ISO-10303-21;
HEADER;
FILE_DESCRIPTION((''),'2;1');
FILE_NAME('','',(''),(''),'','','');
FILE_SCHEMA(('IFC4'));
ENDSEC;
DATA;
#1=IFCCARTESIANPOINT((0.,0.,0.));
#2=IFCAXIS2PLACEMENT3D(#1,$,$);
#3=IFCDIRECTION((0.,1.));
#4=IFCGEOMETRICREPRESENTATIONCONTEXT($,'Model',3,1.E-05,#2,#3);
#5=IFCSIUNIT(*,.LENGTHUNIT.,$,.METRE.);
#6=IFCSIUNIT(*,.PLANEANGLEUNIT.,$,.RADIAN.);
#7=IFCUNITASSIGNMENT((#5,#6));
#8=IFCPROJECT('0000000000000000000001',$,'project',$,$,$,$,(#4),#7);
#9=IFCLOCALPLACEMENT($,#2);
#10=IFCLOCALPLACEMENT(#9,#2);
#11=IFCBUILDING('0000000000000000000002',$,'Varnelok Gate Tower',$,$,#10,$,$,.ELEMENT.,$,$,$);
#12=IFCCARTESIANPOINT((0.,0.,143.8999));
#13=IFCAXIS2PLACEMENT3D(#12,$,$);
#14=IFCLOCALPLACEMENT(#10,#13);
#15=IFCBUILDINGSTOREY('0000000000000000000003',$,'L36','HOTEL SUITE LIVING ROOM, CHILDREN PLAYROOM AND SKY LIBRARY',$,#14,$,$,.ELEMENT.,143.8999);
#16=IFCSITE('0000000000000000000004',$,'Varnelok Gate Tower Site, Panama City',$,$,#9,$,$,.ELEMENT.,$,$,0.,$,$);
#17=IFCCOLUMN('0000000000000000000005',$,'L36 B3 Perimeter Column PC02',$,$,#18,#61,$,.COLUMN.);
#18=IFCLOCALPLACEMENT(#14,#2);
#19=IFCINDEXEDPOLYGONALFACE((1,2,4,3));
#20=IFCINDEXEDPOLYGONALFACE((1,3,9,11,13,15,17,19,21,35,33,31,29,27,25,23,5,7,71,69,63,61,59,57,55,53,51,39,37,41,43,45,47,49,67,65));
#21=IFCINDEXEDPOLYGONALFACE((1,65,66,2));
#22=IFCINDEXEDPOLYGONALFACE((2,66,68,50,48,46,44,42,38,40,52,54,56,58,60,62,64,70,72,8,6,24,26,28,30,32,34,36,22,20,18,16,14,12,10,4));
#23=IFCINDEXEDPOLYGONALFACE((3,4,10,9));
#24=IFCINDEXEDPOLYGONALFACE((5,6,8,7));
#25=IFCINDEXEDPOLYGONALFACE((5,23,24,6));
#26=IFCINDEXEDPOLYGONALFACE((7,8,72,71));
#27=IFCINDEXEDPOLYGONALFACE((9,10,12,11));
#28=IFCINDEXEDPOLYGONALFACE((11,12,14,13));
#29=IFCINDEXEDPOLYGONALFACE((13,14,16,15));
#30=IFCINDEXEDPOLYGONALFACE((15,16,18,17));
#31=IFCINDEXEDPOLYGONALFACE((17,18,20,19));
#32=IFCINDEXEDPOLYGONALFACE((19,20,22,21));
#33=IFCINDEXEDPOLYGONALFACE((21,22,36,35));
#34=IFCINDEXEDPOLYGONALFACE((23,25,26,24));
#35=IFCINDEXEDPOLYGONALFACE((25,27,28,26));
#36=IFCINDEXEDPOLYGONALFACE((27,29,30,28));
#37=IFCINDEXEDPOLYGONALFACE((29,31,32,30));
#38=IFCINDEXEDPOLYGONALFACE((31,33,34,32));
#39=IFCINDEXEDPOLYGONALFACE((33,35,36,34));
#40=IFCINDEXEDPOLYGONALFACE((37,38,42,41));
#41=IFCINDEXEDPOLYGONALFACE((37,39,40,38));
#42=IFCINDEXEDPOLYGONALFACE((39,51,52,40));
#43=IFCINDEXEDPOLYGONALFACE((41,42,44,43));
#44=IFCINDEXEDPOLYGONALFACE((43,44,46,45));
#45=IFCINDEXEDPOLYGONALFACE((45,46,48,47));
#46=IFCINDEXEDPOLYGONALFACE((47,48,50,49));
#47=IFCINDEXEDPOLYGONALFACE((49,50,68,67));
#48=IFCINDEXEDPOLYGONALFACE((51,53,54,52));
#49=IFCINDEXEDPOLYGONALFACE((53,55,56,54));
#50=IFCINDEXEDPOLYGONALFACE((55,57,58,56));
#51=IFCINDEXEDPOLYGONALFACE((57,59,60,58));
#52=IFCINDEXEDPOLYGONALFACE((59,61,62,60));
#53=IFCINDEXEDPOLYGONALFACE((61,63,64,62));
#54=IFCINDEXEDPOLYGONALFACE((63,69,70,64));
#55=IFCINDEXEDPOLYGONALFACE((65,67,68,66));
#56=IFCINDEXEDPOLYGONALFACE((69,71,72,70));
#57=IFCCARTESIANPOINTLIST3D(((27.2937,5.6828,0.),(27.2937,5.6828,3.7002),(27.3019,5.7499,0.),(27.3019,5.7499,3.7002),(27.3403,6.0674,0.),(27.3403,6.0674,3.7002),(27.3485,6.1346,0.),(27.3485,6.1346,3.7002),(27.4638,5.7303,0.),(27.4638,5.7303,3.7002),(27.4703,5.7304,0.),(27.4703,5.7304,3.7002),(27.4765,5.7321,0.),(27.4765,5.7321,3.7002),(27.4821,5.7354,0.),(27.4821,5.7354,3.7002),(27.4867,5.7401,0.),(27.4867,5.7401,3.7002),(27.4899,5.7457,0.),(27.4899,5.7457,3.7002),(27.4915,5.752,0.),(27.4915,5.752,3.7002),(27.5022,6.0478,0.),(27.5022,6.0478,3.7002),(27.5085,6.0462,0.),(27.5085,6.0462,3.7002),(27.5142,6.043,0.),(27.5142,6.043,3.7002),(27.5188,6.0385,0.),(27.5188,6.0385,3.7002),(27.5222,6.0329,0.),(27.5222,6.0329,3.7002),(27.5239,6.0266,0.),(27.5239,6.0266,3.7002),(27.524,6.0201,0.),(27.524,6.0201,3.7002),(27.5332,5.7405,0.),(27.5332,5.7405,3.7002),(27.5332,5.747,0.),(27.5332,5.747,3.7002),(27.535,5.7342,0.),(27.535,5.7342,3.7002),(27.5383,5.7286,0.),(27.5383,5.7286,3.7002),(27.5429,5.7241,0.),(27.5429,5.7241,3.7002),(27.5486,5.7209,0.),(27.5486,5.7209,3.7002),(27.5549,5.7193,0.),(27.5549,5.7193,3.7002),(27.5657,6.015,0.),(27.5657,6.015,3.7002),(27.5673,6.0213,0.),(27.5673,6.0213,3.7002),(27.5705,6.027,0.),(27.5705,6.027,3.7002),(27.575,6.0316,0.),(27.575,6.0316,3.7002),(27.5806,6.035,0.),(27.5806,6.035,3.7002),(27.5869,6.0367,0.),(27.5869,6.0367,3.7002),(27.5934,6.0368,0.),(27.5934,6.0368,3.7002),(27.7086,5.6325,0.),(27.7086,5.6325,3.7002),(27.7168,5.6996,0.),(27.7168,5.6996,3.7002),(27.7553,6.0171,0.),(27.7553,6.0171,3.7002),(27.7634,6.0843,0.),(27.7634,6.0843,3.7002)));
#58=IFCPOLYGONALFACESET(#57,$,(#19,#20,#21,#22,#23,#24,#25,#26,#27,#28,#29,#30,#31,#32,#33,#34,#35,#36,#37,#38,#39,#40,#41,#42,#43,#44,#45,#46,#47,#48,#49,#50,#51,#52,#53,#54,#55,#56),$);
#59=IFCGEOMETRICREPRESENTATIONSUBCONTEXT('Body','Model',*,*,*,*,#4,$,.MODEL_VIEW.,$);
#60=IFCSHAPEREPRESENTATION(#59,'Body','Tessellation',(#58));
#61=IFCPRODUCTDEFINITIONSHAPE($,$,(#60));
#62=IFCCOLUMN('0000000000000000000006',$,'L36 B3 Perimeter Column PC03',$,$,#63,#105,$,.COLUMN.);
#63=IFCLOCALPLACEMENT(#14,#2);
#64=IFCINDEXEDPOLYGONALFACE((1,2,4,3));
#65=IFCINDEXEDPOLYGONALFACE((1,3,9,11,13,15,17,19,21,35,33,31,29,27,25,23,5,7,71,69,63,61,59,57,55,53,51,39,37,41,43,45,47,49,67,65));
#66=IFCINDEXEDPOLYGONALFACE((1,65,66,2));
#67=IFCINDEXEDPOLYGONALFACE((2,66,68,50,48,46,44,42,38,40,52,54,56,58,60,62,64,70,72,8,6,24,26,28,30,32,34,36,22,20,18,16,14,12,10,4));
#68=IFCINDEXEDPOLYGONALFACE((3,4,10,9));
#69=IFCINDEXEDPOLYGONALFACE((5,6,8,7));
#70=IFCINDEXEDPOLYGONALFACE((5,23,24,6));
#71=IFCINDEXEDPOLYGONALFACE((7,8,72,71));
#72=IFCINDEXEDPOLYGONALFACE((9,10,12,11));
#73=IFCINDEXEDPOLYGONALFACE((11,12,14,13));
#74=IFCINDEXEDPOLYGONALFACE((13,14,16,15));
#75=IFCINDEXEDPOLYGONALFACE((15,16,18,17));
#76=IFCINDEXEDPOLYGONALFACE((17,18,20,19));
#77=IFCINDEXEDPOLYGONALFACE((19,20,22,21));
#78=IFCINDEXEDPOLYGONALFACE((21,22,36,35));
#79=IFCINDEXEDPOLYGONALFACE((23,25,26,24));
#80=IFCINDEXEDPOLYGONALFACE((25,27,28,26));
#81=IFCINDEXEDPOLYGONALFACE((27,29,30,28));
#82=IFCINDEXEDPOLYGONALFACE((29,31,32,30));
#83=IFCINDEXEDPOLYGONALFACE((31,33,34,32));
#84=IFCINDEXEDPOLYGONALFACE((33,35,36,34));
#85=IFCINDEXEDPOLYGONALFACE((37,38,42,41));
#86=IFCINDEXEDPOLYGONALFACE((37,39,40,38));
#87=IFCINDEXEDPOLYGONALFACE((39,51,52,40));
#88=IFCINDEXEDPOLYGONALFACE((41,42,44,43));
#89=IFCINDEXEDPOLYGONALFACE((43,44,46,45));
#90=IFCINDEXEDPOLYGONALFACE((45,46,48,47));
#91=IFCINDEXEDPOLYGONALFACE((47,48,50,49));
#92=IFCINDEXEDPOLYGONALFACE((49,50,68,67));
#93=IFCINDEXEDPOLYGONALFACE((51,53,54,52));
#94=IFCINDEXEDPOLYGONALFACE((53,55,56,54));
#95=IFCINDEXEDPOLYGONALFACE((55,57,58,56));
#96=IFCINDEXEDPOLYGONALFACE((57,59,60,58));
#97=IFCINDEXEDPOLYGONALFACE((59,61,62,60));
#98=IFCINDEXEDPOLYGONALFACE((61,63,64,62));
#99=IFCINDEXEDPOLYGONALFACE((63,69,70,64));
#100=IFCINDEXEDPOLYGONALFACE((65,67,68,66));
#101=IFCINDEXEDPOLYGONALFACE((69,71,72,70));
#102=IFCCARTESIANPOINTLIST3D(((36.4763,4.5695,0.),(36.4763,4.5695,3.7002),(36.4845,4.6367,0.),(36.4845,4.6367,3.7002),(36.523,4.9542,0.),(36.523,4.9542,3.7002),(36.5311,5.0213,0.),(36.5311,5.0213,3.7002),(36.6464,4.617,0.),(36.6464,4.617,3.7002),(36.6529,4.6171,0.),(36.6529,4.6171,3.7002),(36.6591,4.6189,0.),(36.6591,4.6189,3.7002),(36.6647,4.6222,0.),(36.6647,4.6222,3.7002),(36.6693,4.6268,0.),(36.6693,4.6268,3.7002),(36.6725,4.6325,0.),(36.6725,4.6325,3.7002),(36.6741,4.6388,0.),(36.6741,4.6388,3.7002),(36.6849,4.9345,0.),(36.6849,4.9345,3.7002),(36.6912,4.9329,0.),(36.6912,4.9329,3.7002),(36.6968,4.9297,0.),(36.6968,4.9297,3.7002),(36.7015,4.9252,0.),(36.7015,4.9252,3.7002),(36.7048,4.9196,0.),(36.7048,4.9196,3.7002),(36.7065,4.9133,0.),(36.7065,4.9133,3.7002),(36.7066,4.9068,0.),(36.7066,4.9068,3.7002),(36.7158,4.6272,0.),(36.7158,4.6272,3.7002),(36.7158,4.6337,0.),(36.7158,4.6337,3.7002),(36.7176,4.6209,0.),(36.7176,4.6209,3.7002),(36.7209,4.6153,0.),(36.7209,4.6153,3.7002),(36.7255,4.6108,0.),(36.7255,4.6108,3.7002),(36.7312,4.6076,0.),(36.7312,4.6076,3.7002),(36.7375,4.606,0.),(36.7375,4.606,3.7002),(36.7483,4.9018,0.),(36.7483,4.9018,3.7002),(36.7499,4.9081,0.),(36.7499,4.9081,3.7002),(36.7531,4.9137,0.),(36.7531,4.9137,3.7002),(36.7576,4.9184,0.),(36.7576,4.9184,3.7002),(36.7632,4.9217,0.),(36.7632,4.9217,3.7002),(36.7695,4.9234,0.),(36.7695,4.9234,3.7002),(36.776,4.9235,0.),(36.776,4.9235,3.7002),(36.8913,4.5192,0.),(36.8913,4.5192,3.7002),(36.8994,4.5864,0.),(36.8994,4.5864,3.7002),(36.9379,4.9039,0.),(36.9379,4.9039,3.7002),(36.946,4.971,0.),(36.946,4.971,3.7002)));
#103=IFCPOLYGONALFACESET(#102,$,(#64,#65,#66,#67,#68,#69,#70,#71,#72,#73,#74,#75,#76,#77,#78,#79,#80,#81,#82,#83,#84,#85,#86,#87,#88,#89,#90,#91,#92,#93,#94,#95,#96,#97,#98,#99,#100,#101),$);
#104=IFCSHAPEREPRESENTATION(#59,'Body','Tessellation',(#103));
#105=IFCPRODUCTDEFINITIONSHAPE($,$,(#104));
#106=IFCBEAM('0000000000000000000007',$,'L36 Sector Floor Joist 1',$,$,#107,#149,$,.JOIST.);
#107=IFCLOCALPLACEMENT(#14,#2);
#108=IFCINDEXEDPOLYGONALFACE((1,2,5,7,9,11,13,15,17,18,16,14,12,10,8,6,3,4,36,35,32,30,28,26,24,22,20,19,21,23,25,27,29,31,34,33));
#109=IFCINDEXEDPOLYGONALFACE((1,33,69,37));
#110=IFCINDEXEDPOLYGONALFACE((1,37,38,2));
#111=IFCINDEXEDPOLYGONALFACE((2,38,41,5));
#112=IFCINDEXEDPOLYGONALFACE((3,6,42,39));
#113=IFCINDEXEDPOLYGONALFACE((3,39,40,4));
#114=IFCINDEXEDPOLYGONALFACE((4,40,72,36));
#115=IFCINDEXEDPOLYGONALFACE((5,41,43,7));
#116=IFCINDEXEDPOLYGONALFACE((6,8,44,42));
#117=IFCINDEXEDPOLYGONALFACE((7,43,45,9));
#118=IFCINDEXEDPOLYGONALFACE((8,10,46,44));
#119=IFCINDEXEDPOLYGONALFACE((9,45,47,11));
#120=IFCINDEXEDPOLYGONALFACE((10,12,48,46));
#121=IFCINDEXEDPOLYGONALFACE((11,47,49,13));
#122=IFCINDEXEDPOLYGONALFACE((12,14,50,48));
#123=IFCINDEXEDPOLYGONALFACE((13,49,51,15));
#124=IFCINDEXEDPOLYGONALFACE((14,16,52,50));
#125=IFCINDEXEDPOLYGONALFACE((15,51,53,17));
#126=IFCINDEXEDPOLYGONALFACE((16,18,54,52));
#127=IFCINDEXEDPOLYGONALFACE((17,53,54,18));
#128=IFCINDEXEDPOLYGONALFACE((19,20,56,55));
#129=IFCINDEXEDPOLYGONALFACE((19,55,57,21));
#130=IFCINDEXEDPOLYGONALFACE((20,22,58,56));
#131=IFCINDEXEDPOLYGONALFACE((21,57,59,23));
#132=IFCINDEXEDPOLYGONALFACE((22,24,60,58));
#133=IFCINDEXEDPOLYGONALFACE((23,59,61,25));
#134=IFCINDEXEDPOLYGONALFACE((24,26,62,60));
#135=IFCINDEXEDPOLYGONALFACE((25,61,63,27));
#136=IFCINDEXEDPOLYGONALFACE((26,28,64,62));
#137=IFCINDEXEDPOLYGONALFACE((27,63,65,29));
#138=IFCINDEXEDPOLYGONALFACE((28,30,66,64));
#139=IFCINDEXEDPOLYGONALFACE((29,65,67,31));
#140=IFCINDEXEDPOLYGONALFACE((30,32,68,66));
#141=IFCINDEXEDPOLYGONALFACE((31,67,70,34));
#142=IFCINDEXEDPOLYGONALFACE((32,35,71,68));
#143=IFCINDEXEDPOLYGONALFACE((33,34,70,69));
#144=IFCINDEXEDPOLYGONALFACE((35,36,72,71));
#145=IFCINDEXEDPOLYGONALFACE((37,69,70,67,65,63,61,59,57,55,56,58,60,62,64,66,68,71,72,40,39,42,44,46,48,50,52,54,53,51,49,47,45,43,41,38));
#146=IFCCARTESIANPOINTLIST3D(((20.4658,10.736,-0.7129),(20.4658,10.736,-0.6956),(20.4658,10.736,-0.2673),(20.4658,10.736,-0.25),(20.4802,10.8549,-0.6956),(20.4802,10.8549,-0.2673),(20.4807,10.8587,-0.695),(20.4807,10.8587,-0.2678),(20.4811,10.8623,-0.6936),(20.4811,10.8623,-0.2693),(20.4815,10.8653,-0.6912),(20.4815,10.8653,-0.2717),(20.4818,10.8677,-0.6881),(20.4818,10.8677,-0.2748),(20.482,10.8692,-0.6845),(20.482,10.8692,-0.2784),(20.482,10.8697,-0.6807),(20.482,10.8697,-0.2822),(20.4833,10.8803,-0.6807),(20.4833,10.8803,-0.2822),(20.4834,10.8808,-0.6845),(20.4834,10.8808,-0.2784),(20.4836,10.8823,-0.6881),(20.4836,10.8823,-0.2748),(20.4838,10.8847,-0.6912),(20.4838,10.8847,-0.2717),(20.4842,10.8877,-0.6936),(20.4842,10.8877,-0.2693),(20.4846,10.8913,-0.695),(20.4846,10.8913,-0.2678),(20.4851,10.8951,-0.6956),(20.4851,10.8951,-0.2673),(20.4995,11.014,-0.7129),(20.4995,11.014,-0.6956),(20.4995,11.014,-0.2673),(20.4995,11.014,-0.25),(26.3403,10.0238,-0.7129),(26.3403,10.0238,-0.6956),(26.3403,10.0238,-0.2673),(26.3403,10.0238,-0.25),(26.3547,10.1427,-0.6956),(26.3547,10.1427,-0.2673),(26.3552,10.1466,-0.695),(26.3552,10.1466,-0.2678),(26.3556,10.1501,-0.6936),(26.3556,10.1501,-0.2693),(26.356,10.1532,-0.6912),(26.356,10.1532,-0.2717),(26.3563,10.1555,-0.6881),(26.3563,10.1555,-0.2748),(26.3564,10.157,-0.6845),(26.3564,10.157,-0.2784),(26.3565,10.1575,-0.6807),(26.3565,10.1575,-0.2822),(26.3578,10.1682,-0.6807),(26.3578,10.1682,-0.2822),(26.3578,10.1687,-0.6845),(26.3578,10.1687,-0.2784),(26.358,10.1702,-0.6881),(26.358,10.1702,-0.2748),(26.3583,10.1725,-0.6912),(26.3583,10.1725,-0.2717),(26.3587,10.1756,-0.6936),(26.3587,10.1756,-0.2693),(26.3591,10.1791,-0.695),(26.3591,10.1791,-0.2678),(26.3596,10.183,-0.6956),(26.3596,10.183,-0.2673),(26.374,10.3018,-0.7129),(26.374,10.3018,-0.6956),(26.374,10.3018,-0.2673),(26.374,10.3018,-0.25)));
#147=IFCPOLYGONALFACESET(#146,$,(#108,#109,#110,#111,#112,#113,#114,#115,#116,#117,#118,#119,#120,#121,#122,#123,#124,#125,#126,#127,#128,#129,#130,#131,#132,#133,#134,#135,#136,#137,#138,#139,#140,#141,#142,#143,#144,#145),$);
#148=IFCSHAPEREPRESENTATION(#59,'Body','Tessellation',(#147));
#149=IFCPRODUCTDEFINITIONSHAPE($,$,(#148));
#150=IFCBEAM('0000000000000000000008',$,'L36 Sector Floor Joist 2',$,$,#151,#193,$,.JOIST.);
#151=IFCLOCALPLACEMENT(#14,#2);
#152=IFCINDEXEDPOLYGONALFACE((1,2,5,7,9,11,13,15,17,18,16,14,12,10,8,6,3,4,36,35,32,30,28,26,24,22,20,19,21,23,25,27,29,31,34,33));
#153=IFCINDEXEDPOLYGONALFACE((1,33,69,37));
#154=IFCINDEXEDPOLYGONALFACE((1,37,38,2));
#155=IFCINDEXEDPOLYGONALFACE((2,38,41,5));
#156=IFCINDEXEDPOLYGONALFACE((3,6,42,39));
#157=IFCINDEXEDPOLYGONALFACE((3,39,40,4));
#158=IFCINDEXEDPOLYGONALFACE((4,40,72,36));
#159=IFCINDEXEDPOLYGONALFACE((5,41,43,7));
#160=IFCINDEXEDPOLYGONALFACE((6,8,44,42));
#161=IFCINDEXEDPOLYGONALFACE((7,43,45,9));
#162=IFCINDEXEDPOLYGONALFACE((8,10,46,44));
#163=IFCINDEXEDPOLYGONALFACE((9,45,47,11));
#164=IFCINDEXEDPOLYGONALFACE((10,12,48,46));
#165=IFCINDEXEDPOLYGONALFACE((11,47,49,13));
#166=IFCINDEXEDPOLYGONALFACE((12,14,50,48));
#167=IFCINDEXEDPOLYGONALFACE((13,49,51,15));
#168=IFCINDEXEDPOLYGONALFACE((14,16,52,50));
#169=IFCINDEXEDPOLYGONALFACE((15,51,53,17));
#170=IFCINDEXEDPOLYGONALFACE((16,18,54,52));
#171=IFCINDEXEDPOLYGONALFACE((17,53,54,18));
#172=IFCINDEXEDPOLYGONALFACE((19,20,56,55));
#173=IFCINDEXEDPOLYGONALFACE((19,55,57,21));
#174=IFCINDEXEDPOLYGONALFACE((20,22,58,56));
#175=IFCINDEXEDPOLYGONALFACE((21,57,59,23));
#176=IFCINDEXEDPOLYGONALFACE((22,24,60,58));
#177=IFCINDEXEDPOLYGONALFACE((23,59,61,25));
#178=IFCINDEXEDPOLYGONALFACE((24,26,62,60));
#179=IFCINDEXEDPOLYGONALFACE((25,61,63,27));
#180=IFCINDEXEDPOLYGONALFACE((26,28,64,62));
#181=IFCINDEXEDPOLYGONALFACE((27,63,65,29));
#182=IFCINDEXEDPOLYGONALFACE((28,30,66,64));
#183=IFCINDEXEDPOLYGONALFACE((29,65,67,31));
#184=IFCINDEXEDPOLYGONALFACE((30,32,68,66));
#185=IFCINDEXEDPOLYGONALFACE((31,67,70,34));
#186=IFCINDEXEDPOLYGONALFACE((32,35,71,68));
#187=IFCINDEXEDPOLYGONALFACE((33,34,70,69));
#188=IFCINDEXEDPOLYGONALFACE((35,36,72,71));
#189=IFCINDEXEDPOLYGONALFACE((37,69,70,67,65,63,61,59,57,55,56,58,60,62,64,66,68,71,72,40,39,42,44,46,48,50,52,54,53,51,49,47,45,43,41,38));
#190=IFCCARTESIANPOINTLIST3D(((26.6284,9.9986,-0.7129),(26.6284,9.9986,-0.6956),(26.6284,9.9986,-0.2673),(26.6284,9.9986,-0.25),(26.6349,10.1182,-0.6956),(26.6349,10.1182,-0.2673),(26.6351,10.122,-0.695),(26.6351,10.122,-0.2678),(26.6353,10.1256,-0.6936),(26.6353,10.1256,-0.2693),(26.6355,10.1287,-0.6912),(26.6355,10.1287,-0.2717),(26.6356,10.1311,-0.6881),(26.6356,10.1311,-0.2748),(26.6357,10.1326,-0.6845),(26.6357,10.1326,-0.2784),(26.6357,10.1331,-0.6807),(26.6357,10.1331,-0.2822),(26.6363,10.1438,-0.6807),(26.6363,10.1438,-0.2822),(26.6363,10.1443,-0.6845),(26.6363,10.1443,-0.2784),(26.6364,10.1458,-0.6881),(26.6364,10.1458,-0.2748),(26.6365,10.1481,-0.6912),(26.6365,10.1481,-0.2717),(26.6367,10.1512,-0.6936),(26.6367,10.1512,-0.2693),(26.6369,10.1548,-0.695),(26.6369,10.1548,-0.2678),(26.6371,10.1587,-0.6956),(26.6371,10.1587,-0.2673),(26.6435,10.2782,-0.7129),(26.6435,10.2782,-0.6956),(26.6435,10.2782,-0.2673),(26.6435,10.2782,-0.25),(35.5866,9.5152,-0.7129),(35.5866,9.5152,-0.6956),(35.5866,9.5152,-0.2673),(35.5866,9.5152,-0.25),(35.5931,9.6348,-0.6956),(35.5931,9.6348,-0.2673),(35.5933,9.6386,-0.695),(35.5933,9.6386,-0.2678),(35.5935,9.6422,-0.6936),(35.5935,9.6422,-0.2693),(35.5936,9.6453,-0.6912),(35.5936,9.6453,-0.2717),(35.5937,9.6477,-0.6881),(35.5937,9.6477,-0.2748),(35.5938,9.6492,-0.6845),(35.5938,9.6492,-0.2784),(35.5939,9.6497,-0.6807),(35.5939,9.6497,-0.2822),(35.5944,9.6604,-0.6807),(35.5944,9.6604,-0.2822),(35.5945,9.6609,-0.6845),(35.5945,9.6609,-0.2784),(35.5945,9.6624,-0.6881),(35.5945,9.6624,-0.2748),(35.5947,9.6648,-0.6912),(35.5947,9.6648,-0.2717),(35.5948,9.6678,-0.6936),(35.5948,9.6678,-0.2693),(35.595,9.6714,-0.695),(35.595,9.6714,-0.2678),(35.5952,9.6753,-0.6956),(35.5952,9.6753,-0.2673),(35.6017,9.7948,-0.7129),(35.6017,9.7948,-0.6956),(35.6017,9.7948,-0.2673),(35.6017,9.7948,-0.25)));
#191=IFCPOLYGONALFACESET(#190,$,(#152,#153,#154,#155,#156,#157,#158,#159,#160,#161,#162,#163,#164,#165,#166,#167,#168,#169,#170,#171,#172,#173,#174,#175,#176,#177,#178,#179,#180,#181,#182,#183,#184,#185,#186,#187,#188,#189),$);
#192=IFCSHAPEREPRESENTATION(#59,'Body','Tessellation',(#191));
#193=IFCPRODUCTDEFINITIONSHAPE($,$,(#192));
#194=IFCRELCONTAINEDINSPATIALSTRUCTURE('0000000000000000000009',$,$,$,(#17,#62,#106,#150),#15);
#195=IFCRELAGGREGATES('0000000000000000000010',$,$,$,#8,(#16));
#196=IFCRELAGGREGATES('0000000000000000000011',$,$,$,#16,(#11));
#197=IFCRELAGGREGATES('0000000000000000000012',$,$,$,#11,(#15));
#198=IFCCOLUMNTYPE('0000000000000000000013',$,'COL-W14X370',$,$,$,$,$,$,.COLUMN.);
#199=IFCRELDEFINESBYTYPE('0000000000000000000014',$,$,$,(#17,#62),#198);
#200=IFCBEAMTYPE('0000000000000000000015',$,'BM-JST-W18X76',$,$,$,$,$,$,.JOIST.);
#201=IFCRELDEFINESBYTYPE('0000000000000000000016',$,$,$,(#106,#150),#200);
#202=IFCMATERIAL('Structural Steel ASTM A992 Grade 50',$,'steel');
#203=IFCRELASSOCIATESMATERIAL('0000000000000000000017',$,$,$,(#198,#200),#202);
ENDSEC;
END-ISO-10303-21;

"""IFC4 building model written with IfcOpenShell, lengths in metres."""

from ifc_helpers import new_model, si_unit, direction, frame, origin, origin_2d, place, context, subcontext, project, spatial, i_section, extrude, material, material_profile, profile_set, type_object, element, save


model = new_model("IFC4")

# Units and contexts
model_context = context("Model", 3, precision=1e-05, world=origin(), true_north=direction((0.0, 1.0)))
body_context = subcontext(model_context, "Body", "Model", "MODEL_VIEW")
ifc_project = project(units=[si_unit("LENGTHUNIT", "METRE"), si_unit("PLANEANGLEUNIT", "RADIAN")], contexts=[model_context])

# Site, building, storey
site_placement = place(None, origin())
site = spatial("IfcSite", under=ifc_project, at=site_placement, Name="Varnelok Gate Tower Site, Panama City", CompositionType="ELEMENT", RefElevation=0.0)
building_placement = place(site_placement, origin())
building = spatial("IfcBuilding", under=site, at=building_placement, Name="Varnelok Gate Tower", CompositionType="ELEMENT")
storey_placement = place(building_placement, frame((0.0, 0.0, 143.8999)))
storey = spatial("IfcBuildingStorey", under=building, at=storey_placement, Name="L36", Description="HOTEL SUITE LIVING ROOM, CHILDREN PLAYROOM AND SKY LIBRARY", CompositionType="ELEMENT", Elevation=143.8999)

# Columns
ifc_material_1 = material(Name="Structural Steel ASTM A992 Grade 50", Category="steel")
ifc_material_profile_1 = material_profile(ifc_material_1, i_section(OverallWidth=0.418, OverallDepth=0.4551, WebThickness=0.042, FlangeThickness=0.0676, FilletRadius=0.0249, at=origin_2d()), Name="W14X370")
ifc_profile_set_1 = profile_set([ifc_material_profile_1], Name="Structural Steel ASTM A992 Grade 50")
column_type = type_object("IfcColumnType", Name="COL-W14X370", PredefinedType="COLUMN", material=ifc_profile_set_1)
for number, where, z_axis, x_axis, name in (
    (1, (27.5286, 5.8835, 0.0), (0.0, 0.0, 1.0), (0.992732, -0.120345, 0.0), "L36 B3 Perimeter Column PC02"),
    (2, (36.7112, 4.7703, 0.0), (0.0, 0.0, 1.0), (0.992732, -0.120345, 0.0), "L36 B3 Perimeter Column PC03"),
):
    element("IfcColumn", number, at=place(storey_placement, frame(where, z_axis=z_axis, x_axis=x_axis)), inside=storey, type_object=column_type, Name=name, PredefinedType="COLUMN", context=body_context, shape_type="SweptSolid", body=[
        extrude(i_section(OverallWidth=0.418, OverallDepth=0.4551, WebThickness=0.042, FlangeThickness=0.0676, FilletRadius=0.0249, at=origin_2d()), origin(), (0.0, 0.0, 1.0), 3.7002),
    ])

# Beams
ifc_material_profile_2 = material_profile(ifc_material_1, i_section(OverallWidth=0.28, OverallDepth=0.4629, WebThickness=0.0107, FlangeThickness=0.0173, FilletRadius=0.0149, at=origin_2d()), Name="W18X76")
ifc_profile_set_2 = profile_set([ifc_material_profile_2], Name="Structural Steel ASTM A992 Grade 50")
beam_type_1 = type_object("IfcBeamType", Name="BM-JST-W18X76", PredefinedType="JOIST", material=ifc_profile_set_2)
beam_1_placement = place(storey_placement, frame((20.4827, 10.875, -0.4814), z_axis=(0.992732, -0.120347, 0.0), x_axis=(0.120347, 0.992732, 0.0)))
element("IfcBeam", 3, at=beam_1_placement, inside=storey, type_object=beam_type_1, Name="L36 Sector Floor Joist 1", PredefinedType="JOIST", context=body_context, shape_type="SweptSolid", body=[
    extrude(i_section(OverallWidth=0.28, OverallDepth=0.4629, WebThickness=0.0107, FlangeThickness=0.0173, FilletRadius=0.0149, at=origin_2d()), origin(), (0.0, 0.0, 1.0), 5.9175),
])
beam_2_placement = place(storey_placement, frame((26.636, 10.1384, -0.4814), z_axis=(0.998547, -0.053883, 0.0), x_axis=(0.053883, 0.998547, 0.0)))
element("IfcBeam", 4, at=beam_2_placement, inside=storey, type_object=beam_type_1, Name="L36 Sector Floor Joist 2", PredefinedType="JOIST", context=body_context, shape_type="SweptSolid", body=[
    extrude(i_section(OverallWidth=0.28, OverallDepth=0.4629, WebThickness=0.0107, FlangeThickness=0.0173, FilletRadius=0.0149, at=origin_2d()), origin(), (0.0, 0.0, 1.0), 8.9712),
])

save(model, "model.ifc")
